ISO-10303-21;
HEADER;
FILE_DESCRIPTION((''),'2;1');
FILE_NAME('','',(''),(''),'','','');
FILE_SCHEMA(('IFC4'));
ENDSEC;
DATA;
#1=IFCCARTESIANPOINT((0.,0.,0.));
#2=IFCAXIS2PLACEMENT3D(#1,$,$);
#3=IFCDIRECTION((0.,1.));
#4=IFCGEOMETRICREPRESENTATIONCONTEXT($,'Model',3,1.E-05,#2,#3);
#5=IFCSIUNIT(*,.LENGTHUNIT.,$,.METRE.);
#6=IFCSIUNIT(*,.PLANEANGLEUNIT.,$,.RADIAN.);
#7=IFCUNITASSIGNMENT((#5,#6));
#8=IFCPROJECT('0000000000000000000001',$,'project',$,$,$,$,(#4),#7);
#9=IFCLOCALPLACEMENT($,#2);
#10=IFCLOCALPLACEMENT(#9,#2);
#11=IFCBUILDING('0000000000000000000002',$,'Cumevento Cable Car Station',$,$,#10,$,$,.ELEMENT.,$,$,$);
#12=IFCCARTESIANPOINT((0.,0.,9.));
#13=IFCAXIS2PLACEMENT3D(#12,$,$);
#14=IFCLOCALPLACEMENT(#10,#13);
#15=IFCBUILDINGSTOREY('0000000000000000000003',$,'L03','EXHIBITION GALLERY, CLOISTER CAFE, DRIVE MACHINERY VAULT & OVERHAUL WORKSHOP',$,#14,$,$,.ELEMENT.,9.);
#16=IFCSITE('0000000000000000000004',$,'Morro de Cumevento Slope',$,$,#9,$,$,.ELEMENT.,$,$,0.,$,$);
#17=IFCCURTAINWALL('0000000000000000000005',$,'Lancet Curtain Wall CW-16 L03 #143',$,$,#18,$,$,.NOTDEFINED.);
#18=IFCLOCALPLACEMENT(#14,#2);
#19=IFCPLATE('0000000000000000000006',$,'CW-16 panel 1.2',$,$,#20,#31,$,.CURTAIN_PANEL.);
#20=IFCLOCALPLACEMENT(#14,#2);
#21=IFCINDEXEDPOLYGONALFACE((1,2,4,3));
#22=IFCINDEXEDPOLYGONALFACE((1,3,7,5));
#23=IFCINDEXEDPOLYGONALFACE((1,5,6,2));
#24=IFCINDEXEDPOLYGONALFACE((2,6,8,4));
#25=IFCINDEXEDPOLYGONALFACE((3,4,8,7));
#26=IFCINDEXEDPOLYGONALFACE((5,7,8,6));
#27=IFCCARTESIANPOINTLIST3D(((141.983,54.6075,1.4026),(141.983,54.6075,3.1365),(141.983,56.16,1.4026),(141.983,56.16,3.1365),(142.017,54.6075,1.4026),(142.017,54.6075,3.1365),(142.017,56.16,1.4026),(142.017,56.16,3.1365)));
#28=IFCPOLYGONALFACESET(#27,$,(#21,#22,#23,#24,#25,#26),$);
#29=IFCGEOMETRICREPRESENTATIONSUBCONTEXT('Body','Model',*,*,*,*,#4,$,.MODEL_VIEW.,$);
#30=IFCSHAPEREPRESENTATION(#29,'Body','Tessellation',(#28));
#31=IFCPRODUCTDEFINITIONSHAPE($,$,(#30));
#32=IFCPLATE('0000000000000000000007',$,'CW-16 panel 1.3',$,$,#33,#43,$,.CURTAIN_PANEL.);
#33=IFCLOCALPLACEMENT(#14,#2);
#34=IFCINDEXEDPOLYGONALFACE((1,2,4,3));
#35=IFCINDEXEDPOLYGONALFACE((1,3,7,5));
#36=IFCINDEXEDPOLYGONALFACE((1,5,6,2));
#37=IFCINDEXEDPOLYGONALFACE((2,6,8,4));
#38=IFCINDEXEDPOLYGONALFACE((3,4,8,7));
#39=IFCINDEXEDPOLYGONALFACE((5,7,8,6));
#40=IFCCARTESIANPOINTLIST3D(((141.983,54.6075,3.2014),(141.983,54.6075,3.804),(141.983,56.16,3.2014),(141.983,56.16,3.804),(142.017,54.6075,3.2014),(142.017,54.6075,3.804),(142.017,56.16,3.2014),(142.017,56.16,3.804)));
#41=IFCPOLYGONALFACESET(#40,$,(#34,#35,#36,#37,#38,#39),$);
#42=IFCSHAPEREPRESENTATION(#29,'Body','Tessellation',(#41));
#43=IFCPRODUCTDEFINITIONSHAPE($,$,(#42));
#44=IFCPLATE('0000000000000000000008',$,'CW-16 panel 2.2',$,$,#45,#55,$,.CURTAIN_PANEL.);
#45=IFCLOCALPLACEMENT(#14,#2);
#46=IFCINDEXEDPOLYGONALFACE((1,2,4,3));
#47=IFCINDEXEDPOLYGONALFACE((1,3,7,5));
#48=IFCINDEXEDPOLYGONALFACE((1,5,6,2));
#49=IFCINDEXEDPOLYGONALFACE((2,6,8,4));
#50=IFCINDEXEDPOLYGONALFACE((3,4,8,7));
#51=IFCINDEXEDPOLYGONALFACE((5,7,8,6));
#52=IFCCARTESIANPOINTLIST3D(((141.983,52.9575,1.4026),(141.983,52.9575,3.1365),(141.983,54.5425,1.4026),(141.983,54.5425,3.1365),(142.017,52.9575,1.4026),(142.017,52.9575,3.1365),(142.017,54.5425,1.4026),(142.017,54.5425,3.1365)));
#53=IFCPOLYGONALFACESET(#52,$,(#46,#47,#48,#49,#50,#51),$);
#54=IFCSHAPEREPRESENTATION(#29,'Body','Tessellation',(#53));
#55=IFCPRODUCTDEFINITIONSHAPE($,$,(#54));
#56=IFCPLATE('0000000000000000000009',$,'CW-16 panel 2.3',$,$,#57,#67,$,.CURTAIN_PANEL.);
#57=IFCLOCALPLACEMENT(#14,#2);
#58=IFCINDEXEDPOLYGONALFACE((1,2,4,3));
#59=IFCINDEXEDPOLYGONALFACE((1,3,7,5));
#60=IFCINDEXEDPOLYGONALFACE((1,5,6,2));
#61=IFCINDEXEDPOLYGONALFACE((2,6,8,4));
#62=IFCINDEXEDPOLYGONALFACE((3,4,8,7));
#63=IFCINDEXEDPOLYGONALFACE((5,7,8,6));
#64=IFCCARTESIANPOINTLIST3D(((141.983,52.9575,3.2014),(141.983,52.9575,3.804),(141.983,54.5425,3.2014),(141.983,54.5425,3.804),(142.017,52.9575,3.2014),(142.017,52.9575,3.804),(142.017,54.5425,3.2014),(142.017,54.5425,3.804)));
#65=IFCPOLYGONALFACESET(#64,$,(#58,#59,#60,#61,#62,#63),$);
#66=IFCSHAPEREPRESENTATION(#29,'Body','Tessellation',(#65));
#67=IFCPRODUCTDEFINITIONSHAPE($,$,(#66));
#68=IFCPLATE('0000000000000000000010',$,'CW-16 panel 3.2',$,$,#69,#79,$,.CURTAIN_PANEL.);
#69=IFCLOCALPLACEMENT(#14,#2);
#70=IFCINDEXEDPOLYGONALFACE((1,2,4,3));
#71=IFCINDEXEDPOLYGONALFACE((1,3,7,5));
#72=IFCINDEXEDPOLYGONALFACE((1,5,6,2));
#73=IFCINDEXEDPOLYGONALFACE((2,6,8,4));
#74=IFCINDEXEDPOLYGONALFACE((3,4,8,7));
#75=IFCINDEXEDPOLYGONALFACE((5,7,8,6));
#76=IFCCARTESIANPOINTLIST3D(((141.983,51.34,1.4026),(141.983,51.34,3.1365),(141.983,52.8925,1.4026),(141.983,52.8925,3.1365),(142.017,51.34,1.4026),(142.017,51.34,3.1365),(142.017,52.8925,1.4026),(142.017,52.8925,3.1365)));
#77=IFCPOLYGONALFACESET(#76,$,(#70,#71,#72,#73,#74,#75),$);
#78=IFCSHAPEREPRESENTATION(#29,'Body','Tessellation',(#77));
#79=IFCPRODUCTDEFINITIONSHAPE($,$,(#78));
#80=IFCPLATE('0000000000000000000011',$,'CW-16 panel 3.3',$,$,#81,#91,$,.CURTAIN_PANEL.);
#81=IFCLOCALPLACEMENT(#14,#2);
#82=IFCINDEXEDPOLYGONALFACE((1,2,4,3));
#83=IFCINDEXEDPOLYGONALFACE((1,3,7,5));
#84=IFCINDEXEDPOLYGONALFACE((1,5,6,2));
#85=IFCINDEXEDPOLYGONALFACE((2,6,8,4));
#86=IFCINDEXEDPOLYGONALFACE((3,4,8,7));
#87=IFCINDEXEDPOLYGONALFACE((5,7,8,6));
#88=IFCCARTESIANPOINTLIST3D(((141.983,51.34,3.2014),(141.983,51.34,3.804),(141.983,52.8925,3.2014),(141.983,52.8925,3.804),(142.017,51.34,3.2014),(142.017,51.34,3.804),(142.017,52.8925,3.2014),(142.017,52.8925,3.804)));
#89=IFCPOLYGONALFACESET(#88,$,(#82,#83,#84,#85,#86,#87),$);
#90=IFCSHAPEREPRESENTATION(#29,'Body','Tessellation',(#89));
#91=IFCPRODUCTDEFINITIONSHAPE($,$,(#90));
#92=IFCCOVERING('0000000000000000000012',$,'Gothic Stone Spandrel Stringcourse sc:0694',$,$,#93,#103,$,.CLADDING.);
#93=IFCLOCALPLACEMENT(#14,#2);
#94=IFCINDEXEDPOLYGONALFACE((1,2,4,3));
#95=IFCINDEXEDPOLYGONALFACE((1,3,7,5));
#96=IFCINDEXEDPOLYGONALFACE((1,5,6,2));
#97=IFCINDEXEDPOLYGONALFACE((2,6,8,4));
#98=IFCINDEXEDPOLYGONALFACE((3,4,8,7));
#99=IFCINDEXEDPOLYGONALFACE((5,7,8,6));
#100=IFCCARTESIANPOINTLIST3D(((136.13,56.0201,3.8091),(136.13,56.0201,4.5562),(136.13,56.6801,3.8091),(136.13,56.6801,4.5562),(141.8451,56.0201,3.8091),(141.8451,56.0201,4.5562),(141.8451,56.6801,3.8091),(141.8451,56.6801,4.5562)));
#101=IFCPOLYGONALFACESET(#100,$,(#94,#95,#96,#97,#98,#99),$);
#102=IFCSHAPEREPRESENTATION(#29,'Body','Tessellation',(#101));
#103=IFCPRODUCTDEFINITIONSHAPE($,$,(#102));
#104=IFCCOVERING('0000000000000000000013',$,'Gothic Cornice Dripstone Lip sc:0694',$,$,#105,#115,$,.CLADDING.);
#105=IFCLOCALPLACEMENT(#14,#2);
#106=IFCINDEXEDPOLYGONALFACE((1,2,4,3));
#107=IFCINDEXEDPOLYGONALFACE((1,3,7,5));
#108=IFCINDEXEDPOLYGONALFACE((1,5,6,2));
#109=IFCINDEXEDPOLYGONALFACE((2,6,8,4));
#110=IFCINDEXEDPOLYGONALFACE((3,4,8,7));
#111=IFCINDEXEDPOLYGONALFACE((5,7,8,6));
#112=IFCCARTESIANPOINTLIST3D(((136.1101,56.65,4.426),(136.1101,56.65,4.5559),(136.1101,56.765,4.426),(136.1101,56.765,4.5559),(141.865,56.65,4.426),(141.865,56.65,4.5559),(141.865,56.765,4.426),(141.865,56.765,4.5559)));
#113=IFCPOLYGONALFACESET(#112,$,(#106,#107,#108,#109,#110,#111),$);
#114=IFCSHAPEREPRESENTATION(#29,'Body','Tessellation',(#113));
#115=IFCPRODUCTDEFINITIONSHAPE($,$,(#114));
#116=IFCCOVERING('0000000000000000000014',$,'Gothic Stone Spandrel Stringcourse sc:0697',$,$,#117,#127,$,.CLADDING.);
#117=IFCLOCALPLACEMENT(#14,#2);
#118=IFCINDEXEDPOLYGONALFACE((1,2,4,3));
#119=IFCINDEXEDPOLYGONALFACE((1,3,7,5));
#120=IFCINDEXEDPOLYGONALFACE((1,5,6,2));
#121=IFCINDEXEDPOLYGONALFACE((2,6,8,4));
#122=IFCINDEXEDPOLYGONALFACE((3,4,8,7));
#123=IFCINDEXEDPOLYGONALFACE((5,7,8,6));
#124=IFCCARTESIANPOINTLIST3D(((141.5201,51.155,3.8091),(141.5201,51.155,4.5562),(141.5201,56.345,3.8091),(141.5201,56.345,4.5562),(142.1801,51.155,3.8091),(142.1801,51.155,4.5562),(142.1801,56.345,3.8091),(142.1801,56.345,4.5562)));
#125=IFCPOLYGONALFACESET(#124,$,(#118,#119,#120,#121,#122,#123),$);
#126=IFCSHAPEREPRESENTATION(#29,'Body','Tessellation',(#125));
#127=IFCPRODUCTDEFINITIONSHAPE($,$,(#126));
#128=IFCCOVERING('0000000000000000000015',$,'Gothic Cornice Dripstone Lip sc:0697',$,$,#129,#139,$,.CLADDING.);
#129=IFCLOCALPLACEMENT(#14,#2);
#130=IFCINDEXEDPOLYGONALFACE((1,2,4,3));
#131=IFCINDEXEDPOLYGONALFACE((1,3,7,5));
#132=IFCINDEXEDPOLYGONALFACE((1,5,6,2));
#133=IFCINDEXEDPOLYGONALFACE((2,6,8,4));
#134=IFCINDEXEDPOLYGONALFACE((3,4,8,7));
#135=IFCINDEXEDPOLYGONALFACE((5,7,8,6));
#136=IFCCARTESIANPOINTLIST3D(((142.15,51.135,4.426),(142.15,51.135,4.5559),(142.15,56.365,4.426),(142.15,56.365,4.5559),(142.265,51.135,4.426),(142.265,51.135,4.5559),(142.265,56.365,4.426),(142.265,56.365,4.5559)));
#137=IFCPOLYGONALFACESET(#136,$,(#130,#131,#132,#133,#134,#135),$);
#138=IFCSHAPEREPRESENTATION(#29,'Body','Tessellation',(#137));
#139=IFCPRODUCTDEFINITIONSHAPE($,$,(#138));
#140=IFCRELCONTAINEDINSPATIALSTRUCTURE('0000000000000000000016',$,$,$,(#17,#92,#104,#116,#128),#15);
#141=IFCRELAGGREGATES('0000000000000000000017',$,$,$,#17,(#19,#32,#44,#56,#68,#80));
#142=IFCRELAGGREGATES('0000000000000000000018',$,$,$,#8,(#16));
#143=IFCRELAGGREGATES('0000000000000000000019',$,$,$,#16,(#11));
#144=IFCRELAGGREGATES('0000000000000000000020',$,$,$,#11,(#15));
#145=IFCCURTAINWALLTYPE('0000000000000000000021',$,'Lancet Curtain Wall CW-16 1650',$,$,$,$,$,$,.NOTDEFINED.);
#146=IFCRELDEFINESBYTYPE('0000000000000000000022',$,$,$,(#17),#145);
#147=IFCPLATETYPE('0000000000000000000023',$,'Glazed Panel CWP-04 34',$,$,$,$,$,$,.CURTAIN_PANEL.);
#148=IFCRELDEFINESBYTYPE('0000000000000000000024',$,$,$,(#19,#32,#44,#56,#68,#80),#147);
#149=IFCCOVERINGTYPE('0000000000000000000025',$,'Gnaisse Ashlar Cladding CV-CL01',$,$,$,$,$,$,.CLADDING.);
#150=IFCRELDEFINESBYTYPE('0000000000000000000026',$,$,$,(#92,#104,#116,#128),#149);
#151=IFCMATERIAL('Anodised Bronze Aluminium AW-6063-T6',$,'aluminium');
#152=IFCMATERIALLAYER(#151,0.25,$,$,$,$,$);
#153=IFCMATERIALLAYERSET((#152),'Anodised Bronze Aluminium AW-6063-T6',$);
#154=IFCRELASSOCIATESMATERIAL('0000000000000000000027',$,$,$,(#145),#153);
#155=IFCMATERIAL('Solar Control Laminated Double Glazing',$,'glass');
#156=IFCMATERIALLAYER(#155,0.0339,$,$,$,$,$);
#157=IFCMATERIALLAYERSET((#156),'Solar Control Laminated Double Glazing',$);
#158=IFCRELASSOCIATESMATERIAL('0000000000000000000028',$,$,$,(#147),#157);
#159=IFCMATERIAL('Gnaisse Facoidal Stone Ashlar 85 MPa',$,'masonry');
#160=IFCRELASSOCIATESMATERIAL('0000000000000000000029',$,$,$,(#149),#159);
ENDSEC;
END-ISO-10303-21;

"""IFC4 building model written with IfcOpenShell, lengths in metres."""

from ifc_helpers import new_model, si_unit, direction, frame, origin, origin_2d, place, context, subcontext, project, spatial, rectangle, extrude, material, layer, layer_set, type_object, element, aggregate, save


model = new_model("IFC4")

# Units and contexts
model_context = context("Model", 3, precision=1e-05, world=origin(), true_north=direction((0.0, 1.0)))
body_context = subcontext(model_context, "Body", "Model", "MODEL_VIEW")
ifc_project = project(units=[si_unit("LENGTHUNIT", "METRE"), si_unit("PLANEANGLEUNIT", "RADIAN")], contexts=[model_context])

# Site, building, storey
site_placement = place(None, origin())
site = spatial("IfcSite", under=ifc_project, at=site_placement, Name="Morro de Cumevento Slope", CompositionType="ELEMENT", RefElevation=0.0)
building_placement = place(site_placement, origin())
building = spatial("IfcBuilding", under=site, at=building_placement, Name="Cumevento Cable Car Station", CompositionType="ELEMENT")
storey_placement = place(building_placement, frame((0.0, 0.0, 9.0)))
storey = spatial("IfcBuildingStorey", under=building, at=storey_placement, Name="L03", Description="EXHIBITION GALLERY, CLOISTER CAFE, DRIVE MACHINERY VAULT & OVERHAUL WORKSHOP", CompositionType="ELEMENT", Elevation=9.0)

# Curtain wall
ifc_material_1 = material(Name="Anodised Bronze Aluminium AW-6063-T6", Category="aluminium")
ifc_layer_1 = layer(ifc_material_1, 0.25)
ifc_layer_set_1 = layer_set([ifc_layer_1], Name="Anodised Bronze Aluminium AW-6063-T6")
curtain_wall_type_1 = type_object("IfcCurtainWallType", Name="Lancet Curtain Wall CW-16 1650", PredefinedType="NOTDEFINED", material=ifc_layer_set_1)
curtain_wall_1_placement = place(storey_placement, origin())
curtain_wall_1 = element("IfcCurtainWall", 1, at=curtain_wall_1_placement, inside=storey, type_object=curtain_wall_type_1, Name="Lancet Curtain Wall CW-16 L03 #143", PredefinedType="NOTDEFINED")

# Plates
ifc_material_2 = material(Name="Solar Control Laminated Double Glazing", Category="glass")
ifc_layer_2 = layer(ifc_material_2, 0.0339)
ifc_layer_set_2 = layer_set([ifc_layer_2], Name="Solar Control Laminated Double Glazing")
plate_type_1 = type_object("IfcPlateType", Name="Glazed Panel CWP-04 34", PredefinedType="CURTAIN_PANEL", material=ifc_layer_set_2)
plate_1_placement = place(storey_placement, frame((142.0, 55.3838, 1.4026), z_axis=(0.0, 0.0, 1.0), x_axis=(0.0, -1.0, 0.0)))
plate_1 = element("IfcPlate", 2, at=plate_1_placement, type_object=plate_type_1, Name="CW-16 panel 1.2", PredefinedType="CURTAIN_PANEL", context=body_context, shape_type="SweptSolid", body=[
    extrude(rectangle(XDim=1.5525, YDim=0.0339, at=origin_2d()), origin(), (0.0, 0.0, 1.0), 1.7339),
])
plate_2_placement = place(storey_placement, frame((142.0, 55.3838, 3.2014), z_axis=(0.0, 0.0, 1.0), x_axis=(0.0, -1.0, 0.0)))
plate_2 = element("IfcPlate", 3, at=plate_2_placement, type_object=plate_type_1, Name="CW-16 panel 1.3", PredefinedType="CURTAIN_PANEL", context=body_context, shape_type="SweptSolid", body=[
    extrude(rectangle(XDim=1.5525, YDim=0.0339, at=origin_2d()), origin(), (0.0, 0.0, 1.0), 0.6025),
])
plate_3_placement = place(storey_placement, frame((142.0, 53.75, 1.4026), z_axis=(0.0, 0.0, 1.0), x_axis=(0.0, -1.0, 0.0)))
plate_3 = element("IfcPlate", 4, at=plate_3_placement, type_object=plate_type_1, Name="CW-16 panel 2.2", PredefinedType="CURTAIN_PANEL", context=body_context, shape_type="SweptSolid", body=[
    extrude(rectangle(XDim=1.585, YDim=0.0339, at=origin_2d()), origin(), (0.0, 0.0, 1.0), 1.7339),
])
plate_4_placement = place(storey_placement, frame((142.0, 53.75, 3.2014), z_axis=(0.0, 0.0, 1.0), x_axis=(0.0, -1.0, 0.0)))
plate_4 = element("IfcPlate", 5, at=plate_4_placement, type_object=plate_type_1, Name="CW-16 panel 2.3", PredefinedType="CURTAIN_PANEL", context=body_context, shape_type="SweptSolid", body=[
    extrude(rectangle(XDim=1.585, YDim=0.0339, at=origin_2d()), origin(), (0.0, 0.0, 1.0), 0.6025),
])
plate_5_placement = place(storey_placement, frame((142.0, 52.1162, 1.4026), z_axis=(0.0, 0.0, 1.0), x_axis=(0.0, -1.0, 0.0)))
plate_5 = element("IfcPlate", 6, at=plate_5_placement, type_object=plate_type_1, Name="CW-16 panel 3.2", PredefinedType="CURTAIN_PANEL", context=body_context, shape_type="SweptSolid", body=[
    extrude(rectangle(XDim=1.5525, YDim=0.0339, at=origin_2d()), origin(), (0.0, 0.0, 1.0), 1.7339),
])
plate_6_placement = place(storey_placement, frame((142.0, 52.1162, 3.2014), z_axis=(0.0, 0.0, 1.0), x_axis=(0.0, -1.0, 0.0)))
plate_6 = element("IfcPlate", 7, at=plate_6_placement, type_object=plate_type_1, Name="CW-16 panel 3.3", PredefinedType="CURTAIN_PANEL", context=body_context, shape_type="SweptSolid", body=[
    extrude(rectangle(XDim=1.5525, YDim=0.0339, at=origin_2d()), origin(), (0.0, 0.0, 1.0), 0.6025),
])
aggregate(curtain_wall_1, [plate_1, plate_2, plate_3, plate_4, plate_5, plate_6])

# Coverings
ifc_material_3 = material(Name="Gnaisse Facoidal Stone Ashlar 85 MPa", Category="masonry")
covering_type = type_object("IfcCoveringType", Name="Gnaisse Ashlar Cladding CV-CL01", PredefinedType="CLADDING", material=ifc_material_3)
covering_1_placement = place(storey_placement, frame((138.9875, 56.3501, 3.8091), z_axis=(0.0, 0.0, 1.0), x_axis=(1.0, 0.0, 0.0)))
element("IfcCovering", 8, at=covering_1_placement, inside=storey, type_object=covering_type, Name="Gothic Stone Spandrel Stringcourse sc:0694", PredefinedType="CLADDING", context=body_context, shape_type="SweptSolid", body=[
    extrude(rectangle(XDim=5.7151, YDim=0.6599, at=origin_2d()), origin(), (0.0, 0.0, 1.0), 0.7471),
])
covering_2_placement = place(storey_placement, frame((138.9875, 56.7075, 4.426), z_axis=(0.0, 0.0, 1.0), x_axis=(1.0, 0.0, 0.0)))
element("IfcCovering", 9, at=covering_2_placement, inside=storey, type_object=covering_type, Name="Gothic Cornice Dripstone Lip sc:0694", PredefinedType="CLADDING", context=body_context, shape_type="SweptSolid", body=[
    extrude(rectangle(XDim=5.7549, YDim=0.115, at=origin_2d()), origin(), (0.0, 0.0, 1.0), 0.1299),
])
covering_3_placement = place(storey_placement, frame((141.8501, 53.75, 3.8091), z_axis=(0.0, 0.0, 1.0), x_axis=(0.0, -1.0, 0.0)))
element("IfcCovering", 10, at=covering_3_placement, inside=storey, type_object=covering_type, Name="Gothic Stone Spandrel Stringcourse sc:0697", PredefinedType="CLADDING", context=body_context, shape_type="SweptSolid", body=[
    extrude(rectangle(XDim=5.1899, YDim=0.6599, at=origin_2d()), origin(), (0.0, 0.0, 1.0), 0.7471),
])
covering_4_placement = place(storey_placement, frame((142.2075, 53.75, 4.426), z_axis=(0.0, 0.0, 1.0), x_axis=(0.0, -1.0, 0.0)))
element("IfcCovering", 11, at=covering_4_placement, inside=storey, type_object=covering_type, Name="Gothic Cornice Dripstone Lip sc:0697", PredefinedType="CLADDING", context=body_context, shape_type="SweptSolid", body=[
    extrude(rectangle(XDim=5.23, YDim=0.115, at=origin_2d()), origin(), (0.0, 0.0, 1.0), 0.1299),
])

save(model, "model.ifc")
